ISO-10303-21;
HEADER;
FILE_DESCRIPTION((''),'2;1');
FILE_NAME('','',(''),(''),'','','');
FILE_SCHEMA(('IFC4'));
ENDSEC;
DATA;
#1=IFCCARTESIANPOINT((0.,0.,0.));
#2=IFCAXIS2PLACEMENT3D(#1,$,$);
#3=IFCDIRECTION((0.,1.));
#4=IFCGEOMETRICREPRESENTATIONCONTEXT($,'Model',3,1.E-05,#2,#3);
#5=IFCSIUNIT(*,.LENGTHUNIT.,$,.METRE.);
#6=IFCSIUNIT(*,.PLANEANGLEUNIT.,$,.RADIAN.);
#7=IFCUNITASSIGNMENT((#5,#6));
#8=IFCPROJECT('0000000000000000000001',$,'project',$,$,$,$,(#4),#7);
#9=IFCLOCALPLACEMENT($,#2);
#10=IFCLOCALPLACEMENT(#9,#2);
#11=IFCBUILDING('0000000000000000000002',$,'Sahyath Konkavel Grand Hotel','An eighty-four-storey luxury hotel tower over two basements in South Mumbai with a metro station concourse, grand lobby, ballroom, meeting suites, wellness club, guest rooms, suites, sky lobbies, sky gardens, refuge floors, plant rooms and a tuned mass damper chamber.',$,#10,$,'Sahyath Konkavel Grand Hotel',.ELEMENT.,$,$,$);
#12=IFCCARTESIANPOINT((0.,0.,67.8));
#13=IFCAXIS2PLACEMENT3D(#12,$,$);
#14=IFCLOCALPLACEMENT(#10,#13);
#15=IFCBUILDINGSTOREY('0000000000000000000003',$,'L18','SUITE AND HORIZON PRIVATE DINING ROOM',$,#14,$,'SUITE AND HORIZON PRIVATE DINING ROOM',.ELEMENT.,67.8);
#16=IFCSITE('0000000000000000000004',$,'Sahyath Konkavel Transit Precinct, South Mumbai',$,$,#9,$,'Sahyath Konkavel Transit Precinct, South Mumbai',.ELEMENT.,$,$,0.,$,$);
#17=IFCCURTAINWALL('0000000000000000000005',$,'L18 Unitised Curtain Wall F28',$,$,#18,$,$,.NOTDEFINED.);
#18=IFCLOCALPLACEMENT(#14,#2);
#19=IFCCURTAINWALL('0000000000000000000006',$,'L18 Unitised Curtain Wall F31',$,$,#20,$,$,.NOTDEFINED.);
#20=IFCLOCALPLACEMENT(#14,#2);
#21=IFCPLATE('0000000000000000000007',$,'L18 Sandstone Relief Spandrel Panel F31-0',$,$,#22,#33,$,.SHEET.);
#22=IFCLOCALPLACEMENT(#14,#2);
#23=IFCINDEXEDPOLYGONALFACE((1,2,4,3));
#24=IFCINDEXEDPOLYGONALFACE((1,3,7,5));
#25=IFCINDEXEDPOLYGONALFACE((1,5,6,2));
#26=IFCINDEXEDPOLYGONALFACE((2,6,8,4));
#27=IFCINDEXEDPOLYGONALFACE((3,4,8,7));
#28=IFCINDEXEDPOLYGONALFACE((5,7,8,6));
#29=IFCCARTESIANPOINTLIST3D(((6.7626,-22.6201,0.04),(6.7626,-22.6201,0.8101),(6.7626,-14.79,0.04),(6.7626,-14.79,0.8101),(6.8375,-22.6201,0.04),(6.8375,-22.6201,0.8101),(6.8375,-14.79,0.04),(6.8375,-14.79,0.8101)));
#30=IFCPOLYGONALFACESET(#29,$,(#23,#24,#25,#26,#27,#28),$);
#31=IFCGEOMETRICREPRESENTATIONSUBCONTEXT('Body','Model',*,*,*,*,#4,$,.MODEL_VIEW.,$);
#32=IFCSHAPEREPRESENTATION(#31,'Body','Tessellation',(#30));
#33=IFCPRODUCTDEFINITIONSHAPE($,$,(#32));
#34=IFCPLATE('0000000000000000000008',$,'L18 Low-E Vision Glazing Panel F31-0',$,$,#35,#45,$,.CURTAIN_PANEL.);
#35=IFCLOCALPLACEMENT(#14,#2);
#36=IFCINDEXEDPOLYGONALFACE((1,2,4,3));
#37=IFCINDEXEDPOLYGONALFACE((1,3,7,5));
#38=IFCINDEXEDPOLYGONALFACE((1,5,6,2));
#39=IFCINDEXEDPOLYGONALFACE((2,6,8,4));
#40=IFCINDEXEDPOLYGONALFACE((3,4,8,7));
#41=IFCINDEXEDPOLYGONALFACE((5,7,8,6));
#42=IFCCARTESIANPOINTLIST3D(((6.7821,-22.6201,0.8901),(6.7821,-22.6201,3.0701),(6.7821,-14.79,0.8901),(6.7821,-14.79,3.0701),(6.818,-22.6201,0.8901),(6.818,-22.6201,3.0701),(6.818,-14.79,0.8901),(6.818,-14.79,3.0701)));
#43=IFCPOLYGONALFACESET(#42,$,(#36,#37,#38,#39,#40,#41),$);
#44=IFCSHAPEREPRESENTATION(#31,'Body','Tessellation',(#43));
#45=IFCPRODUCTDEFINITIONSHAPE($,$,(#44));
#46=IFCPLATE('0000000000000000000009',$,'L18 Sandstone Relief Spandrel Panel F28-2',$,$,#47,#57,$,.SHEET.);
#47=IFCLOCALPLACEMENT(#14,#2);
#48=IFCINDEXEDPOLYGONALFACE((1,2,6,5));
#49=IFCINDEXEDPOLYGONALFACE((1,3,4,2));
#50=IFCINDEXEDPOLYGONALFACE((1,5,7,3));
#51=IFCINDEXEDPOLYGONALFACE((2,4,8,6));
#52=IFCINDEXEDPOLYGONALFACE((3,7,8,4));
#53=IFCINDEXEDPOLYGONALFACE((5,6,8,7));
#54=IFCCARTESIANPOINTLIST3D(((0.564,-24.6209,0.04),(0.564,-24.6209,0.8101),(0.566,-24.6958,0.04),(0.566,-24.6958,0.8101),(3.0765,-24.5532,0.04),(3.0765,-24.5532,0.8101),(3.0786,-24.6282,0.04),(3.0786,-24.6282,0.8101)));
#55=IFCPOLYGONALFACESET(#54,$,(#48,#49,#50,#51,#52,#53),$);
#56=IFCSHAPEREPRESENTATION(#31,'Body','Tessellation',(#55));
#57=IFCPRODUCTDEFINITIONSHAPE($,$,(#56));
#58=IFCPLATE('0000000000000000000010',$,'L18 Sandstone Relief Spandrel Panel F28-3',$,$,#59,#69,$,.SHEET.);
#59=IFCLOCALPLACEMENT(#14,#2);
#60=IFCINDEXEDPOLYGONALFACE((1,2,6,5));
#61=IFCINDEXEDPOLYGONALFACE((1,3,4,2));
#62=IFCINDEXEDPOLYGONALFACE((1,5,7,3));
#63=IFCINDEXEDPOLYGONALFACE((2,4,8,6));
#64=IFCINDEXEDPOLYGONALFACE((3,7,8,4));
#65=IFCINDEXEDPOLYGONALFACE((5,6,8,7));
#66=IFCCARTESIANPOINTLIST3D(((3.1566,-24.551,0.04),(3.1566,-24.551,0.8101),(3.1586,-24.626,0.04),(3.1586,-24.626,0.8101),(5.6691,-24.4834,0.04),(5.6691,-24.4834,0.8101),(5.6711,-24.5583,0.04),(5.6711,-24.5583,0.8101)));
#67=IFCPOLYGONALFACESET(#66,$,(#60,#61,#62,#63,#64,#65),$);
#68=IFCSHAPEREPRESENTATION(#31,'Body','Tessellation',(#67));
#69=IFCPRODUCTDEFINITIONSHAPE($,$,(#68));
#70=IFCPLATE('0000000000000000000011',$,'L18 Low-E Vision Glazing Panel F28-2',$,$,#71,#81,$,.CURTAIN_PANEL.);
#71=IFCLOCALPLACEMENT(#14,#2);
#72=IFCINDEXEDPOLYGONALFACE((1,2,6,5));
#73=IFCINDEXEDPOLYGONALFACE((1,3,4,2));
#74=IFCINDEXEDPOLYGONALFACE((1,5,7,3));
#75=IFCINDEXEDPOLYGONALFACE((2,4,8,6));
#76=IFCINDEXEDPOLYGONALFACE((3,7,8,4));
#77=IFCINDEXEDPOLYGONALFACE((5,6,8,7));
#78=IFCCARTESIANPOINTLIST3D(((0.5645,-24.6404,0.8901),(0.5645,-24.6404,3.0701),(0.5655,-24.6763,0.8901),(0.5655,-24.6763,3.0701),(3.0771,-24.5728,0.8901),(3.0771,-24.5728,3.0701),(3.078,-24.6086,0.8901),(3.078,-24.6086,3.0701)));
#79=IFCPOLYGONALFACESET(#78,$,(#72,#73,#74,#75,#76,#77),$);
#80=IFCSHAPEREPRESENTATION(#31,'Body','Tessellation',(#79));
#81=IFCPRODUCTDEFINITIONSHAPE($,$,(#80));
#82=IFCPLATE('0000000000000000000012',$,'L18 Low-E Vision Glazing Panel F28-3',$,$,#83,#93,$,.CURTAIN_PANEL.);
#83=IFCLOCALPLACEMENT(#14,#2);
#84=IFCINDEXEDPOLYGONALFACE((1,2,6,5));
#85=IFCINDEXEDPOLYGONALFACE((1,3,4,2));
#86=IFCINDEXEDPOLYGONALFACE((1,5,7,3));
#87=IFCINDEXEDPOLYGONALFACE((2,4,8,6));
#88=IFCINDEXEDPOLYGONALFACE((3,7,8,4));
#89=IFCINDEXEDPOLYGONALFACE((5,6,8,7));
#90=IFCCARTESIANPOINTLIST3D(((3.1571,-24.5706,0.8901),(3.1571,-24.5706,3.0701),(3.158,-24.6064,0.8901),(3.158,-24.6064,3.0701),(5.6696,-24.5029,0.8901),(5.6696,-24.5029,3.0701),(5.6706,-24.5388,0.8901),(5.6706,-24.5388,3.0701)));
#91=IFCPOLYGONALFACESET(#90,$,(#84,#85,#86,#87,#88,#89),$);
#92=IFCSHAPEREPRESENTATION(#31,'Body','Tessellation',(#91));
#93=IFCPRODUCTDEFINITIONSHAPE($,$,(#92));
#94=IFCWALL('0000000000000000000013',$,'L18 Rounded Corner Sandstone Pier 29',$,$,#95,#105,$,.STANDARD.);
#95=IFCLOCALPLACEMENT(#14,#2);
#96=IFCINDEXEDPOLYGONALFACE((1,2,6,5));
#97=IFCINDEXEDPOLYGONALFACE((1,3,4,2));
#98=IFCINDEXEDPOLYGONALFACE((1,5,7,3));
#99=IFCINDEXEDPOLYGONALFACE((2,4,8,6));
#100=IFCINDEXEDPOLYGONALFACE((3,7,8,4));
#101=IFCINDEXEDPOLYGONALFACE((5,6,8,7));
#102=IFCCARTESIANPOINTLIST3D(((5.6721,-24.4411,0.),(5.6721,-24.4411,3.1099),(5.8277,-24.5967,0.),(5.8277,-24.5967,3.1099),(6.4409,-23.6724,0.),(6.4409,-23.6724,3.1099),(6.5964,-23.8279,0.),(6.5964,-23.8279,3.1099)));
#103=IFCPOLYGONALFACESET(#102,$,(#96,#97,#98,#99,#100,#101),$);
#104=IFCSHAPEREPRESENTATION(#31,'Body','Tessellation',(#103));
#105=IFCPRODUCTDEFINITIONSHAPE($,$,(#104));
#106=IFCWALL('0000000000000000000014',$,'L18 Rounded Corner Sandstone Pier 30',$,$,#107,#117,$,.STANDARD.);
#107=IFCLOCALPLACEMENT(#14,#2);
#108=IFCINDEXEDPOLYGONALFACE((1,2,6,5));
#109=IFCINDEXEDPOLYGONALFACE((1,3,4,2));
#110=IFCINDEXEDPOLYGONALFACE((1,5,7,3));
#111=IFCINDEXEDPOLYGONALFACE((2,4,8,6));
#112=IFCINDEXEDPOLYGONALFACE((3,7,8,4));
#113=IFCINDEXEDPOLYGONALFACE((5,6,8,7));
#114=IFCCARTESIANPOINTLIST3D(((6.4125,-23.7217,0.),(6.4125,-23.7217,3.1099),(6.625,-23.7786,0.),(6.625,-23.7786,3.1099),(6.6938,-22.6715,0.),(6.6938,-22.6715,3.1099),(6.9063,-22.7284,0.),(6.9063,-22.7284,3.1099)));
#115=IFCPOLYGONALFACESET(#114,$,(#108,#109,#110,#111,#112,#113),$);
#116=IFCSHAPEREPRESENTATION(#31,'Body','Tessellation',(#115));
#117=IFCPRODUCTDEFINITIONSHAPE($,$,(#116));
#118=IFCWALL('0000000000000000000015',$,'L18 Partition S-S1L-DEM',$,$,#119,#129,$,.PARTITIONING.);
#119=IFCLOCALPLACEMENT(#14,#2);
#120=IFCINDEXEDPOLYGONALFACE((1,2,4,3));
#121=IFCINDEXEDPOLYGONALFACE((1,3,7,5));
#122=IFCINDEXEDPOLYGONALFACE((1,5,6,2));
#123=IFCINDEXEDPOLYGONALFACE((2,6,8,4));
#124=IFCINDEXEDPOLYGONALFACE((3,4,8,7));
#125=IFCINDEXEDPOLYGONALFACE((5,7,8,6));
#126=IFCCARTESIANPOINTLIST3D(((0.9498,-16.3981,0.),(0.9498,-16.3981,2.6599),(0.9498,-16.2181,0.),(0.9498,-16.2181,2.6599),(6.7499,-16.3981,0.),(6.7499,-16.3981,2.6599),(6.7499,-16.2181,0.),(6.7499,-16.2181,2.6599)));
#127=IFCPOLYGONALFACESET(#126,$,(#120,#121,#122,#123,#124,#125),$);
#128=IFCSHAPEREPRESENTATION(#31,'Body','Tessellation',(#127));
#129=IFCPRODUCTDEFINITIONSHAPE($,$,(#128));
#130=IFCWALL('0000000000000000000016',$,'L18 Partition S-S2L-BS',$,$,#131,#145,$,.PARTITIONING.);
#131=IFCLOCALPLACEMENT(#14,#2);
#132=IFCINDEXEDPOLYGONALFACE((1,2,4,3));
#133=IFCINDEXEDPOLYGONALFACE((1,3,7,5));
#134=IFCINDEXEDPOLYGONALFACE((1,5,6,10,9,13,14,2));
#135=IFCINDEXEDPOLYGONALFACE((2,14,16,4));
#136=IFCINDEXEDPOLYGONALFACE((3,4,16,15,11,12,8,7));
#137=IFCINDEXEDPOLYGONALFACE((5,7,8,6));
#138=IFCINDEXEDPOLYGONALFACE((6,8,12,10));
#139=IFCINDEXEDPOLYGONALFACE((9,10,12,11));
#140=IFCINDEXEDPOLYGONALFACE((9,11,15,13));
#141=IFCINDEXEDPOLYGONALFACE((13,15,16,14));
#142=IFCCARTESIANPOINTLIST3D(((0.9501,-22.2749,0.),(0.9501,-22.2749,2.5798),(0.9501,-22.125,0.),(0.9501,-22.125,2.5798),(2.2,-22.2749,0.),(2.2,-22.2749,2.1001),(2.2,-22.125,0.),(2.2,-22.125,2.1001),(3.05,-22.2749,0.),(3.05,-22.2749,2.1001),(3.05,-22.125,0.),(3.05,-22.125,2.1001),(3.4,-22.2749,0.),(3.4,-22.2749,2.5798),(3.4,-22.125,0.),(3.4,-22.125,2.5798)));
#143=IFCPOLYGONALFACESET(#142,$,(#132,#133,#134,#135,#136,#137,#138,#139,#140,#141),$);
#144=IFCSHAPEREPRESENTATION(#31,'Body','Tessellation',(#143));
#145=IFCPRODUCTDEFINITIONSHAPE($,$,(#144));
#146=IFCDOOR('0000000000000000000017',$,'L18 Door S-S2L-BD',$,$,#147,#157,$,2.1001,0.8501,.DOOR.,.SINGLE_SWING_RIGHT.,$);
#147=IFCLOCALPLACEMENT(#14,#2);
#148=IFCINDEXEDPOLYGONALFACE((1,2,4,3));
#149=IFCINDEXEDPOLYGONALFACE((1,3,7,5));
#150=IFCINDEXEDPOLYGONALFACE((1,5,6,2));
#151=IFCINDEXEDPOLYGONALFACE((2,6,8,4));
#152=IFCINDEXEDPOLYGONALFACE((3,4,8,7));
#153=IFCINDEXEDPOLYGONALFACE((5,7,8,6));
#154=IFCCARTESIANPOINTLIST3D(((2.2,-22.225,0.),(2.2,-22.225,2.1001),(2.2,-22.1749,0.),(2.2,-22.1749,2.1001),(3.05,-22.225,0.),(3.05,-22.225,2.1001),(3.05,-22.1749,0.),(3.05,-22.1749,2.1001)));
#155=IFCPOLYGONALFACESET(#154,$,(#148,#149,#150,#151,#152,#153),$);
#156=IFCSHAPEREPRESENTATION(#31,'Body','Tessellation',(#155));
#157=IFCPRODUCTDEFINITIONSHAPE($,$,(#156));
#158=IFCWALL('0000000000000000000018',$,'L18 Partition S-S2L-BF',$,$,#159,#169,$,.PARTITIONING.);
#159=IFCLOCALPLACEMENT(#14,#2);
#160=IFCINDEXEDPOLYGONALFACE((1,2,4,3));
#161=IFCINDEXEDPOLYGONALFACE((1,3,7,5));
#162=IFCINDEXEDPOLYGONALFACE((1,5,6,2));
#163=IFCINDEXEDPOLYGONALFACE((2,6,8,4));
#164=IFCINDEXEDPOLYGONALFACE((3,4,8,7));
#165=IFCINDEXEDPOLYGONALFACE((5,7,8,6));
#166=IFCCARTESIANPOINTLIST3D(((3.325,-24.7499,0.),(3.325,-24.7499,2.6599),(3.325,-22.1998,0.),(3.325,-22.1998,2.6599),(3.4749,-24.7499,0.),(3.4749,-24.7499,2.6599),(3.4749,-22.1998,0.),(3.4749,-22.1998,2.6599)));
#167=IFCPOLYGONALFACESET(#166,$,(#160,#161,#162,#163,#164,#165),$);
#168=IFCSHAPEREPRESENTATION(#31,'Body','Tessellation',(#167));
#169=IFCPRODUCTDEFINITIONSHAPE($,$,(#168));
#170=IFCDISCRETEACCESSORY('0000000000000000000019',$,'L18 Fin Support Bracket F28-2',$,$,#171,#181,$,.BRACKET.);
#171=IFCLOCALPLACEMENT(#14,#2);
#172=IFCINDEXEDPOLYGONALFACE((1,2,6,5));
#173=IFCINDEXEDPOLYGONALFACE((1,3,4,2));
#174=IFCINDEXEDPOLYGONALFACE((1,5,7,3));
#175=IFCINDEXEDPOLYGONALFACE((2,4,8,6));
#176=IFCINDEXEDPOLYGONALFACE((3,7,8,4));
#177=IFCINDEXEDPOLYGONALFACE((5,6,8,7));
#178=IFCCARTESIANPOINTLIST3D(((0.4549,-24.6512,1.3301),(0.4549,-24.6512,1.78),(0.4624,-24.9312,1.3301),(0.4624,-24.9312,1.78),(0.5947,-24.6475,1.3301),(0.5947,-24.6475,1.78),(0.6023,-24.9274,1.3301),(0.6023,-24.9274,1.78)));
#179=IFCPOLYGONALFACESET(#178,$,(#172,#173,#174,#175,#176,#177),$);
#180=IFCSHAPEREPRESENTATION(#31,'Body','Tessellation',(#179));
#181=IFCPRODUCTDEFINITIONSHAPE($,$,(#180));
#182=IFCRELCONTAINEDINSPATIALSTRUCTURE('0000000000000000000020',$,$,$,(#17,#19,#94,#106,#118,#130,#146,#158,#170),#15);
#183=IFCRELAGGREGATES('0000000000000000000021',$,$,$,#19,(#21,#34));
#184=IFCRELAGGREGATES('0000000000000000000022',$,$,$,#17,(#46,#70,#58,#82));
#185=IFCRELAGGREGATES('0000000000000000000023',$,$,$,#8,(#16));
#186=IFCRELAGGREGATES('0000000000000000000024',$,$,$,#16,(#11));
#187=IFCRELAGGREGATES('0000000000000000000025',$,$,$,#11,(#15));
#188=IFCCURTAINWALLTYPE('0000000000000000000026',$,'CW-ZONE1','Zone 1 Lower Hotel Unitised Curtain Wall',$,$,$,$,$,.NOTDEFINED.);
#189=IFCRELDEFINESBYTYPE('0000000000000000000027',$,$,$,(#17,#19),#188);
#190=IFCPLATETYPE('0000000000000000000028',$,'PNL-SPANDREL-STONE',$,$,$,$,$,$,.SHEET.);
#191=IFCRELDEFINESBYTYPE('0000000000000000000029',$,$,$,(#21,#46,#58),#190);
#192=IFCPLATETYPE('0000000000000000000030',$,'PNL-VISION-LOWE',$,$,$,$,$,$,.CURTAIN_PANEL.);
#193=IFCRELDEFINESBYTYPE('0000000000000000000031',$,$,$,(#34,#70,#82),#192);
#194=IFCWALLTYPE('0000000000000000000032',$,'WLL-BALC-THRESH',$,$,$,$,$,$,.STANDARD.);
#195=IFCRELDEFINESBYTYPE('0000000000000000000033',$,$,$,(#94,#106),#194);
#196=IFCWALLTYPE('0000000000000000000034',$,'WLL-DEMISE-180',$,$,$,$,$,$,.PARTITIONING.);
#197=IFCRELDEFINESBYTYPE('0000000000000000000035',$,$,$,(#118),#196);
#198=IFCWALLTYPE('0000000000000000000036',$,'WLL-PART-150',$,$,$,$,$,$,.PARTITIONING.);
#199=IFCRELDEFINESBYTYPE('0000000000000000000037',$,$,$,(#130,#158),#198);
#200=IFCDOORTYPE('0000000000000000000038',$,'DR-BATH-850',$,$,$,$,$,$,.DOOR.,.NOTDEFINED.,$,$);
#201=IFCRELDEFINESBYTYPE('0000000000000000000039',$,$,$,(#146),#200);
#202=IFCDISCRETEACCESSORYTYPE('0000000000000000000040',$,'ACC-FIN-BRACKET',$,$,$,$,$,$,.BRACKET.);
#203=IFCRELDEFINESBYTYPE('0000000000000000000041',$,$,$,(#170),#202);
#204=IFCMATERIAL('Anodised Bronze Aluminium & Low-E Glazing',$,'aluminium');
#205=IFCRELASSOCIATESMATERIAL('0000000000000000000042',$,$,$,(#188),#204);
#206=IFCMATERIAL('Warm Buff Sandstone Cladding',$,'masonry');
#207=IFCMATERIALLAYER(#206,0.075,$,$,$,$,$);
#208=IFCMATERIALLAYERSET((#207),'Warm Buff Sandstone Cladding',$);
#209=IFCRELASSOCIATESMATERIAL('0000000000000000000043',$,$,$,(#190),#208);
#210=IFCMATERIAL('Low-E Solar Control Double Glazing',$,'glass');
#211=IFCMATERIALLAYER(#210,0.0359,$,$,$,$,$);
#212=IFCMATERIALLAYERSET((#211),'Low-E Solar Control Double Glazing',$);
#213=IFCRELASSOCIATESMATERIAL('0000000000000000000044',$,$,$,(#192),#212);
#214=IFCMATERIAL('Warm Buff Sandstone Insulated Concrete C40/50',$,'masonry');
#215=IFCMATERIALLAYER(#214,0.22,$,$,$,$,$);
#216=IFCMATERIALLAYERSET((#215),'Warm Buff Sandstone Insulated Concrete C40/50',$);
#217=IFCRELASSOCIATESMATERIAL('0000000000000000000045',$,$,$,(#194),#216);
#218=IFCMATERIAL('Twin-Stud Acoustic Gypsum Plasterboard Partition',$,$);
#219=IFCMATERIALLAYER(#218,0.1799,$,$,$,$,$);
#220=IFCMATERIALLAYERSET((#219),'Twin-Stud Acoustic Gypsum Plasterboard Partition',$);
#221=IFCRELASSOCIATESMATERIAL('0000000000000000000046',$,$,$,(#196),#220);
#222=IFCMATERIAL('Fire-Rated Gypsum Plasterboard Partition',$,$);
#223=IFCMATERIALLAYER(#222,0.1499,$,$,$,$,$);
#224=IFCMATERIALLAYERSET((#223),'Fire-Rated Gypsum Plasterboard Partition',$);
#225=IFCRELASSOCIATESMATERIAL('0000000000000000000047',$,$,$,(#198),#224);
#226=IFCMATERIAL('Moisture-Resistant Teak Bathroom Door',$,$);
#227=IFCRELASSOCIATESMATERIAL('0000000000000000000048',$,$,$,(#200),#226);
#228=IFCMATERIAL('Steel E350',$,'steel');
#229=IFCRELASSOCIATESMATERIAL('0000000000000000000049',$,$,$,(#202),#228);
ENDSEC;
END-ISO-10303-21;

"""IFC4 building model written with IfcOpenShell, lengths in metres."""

from ifc_helpers import new_model, si_unit, direction, frame, frame_2d, origin, origin_2d, place, context, subcontext, project, spatial, rectangle, extrude, source, transform, mapped, material, layer, layer_set, type_object, element, fill, aggregate, save


model = new_model("IFC4")

# Units and contexts
model_context = context("Model", 3, precision=1e-05, world=origin(), true_north=direction((0.0, 1.0)))
body_context = subcontext(model_context, "Body", "Model", "MODEL_VIEW")
ifc_project = project(units=[si_unit("LENGTHUNIT", "METRE"), si_unit("PLANEANGLEUNIT", "RADIAN")], contexts=[model_context])

# Site, building, storey
site_placement = place(None, origin())
site = spatial("IfcSite", under=ifc_project, at=site_placement, Name="Sahyath Konkavel Transit Precinct, South Mumbai", LongName="Sahyath Konkavel Transit Precinct, South Mumbai", CompositionType="ELEMENT", RefElevation=0.0)
building_placement = place(site_placement, origin())
building = spatial("IfcBuilding", under=site, at=building_placement, Name="Sahyath Konkavel Grand Hotel", Description="An eighty-four-storey luxury hotel tower over two basements in South Mumbai with a metro station concourse, grand lobby, ballroom, meeting suites, wellness club, guest rooms, suites, sky lobbies, sky gardens, refuge floors, plant rooms and a tuned mass damper chamber.", LongName="Sahyath Konkavel Grand Hotel", CompositionType="ELEMENT")
storey_placement = place(building_placement, frame((0.0, 0.0, 67.8)))
storey = spatial("IfcBuildingStorey", under=building, at=storey_placement, Name="L18", Description="SUITE AND HORIZON PRIVATE DINING ROOM", LongName="SUITE AND HORIZON PRIVATE DINING ROOM", CompositionType="ELEMENT", Elevation=67.8)

# Curtain walls
ifc_material_1 = material(Name="Anodised Bronze Aluminium & Low-E Glazing", Category="aluminium")
curtain_wall_type = type_object("IfcCurtainWallType", Name="CW-ZONE1", Description="Zone 1 Lower Hotel Unitised Curtain Wall", PredefinedType="NOTDEFINED", material=ifc_material_1)
curtain_wall_1_placement = place(storey_placement, origin())
curtain_wall_1 = element("IfcCurtainWall", 1, at=curtain_wall_1_placement, inside=storey, type_object=curtain_wall_type, Name="L18 Unitised Curtain Wall F28", PredefinedType="NOTDEFINED")
curtain_wall_2_placement = place(storey_placement, origin())
curtain_wall_2 = element("IfcCurtainWall", 2, at=curtain_wall_2_placement, inside=storey, type_object=curtain_wall_type, Name="L18 Unitised Curtain Wall F31", PredefinedType="NOTDEFINED")

# Plates
ifc_material_2 = material(Name="Warm Buff Sandstone Cladding", Category="masonry")
ifc_layer_1 = layer(ifc_material_2, 0.075)
ifc_layer_set_1 = layer_set([ifc_layer_1], Name="Warm Buff Sandstone Cladding")
plate_type_1 = type_object("IfcPlateType", Name="PNL-SPANDREL-STONE", PredefinedType="SHEET", material=ifc_layer_set_1)
shared_shape_1 = source(origin(), body_context, "Body", "SweptSolid", [
    extrude(rectangle(XDim=7.8301, YDim=0.075, at=origin_2d()), origin(), (0.0, 0.0, 1.0), 0.77),
])
plate_1_placement = place(storey_placement, frame((6.8, -18.7051, 0.04), z_axis=(0.0, 0.0, 1.0), x_axis=(0.0, 1.0, 0.0)))
plate_1 = element("IfcPlate", 3, at=plate_1_placement, type_object=plate_type_1, Name="L18 Sandstone Relief Spandrel Panel F31-0", PredefinedType="SHEET", context=body_context, shape_type="MappedRepresentation", body=[
    mapped(shared_shape_1, transform((0.0, 0.0, 0.0), scale=1.0)),
])
ifc_material_3 = material(Name="Low-E Solar Control Double Glazing", Category="glass")
ifc_layer_2 = layer(ifc_material_3, 0.0359)
ifc_layer_set_2 = layer_set([ifc_layer_2], Name="Low-E Solar Control Double Glazing")
plate_type_2 = type_object("IfcPlateType", Name="PNL-VISION-LOWE", PredefinedType="CURTAIN_PANEL", material=ifc_layer_set_2)
shared_shape_2 = source(origin(), body_context, "Body", "SweptSolid", [
    extrude(rectangle(XDim=7.8301, YDim=0.0359, at=origin_2d()), origin(), (0.0, 0.0, 1.0), 2.1799),
])
plate_2_placement = place(storey_placement, frame((6.8, -18.7051, 0.8901), z_axis=(0.0, 0.0, 1.0), x_axis=(0.0, 1.0, 0.0)))
plate_2 = element("IfcPlate", 4, at=plate_2_placement, type_object=plate_type_2, Name="L18 Low-E Vision Glazing Panel F31-0", PredefinedType="CURTAIN_PANEL", context=body_context, shape_type="MappedRepresentation", body=[
    mapped(shared_shape_2, transform((0.0, 0.0, 0.0), scale=1.0)),
])
aggregate(curtain_wall_2, [plate_1, plate_2])
shared_shape_3 = source(origin(), body_context, "Body", "SweptSolid", [
    extrude(rectangle(XDim=2.5134, YDim=0.075, at=origin_2d()), origin(), (0.0, 0.0, 1.0), 0.77),
])
plate_3_placement = place(storey_placement, frame((1.8213, -24.6245, 0.04), z_axis=(0.0, 0.0, 1.0), x_axis=(0.999638, 0.02691, 0.0)))
plate_3 = element("IfcPlate", 5, at=plate_3_placement, type_object=plate_type_1, Name="L18 Sandstone Relief Spandrel Panel F28-2", PredefinedType="SHEET", context=body_context, shape_type="MappedRepresentation", body=[
    mapped(shared_shape_3, transform((0.0, 0.0, 0.0), scale=1.0)),
])
plate_4_placement = place(storey_placement, frame((4.4138, -24.5547, 0.04), z_axis=(0.0, 0.0, 1.0), x_axis=(0.999638, 0.02691, 0.0)))
plate_4 = element("IfcPlate", 6, at=plate_4_placement, type_object=plate_type_1, Name="L18 Sandstone Relief Spandrel Panel F28-3", PredefinedType="SHEET", context=body_context, shape_type="MappedRepresentation", body=[
    mapped(shared_shape_3, transform((0.0, 0.0, 0.0), scale=1.0)),
])
shared_shape_4 = source(origin(), body_context, "Body", "SweptSolid", [
    extrude(rectangle(XDim=2.5134, YDim=0.0359, at=origin_2d()), origin(), (0.0, 0.0, 1.0), 2.1799),
])
plate_5_placement = place(storey_placement, frame((1.8213, -24.6245, 0.8901), z_axis=(0.0, 0.0, 1.0), x_axis=(0.999638, 0.02691, 0.0)))
plate_5 = element("IfcPlate", 7, at=plate_5_placement, type_object=plate_type_2, Name="L18 Low-E Vision Glazing Panel F28-2", PredefinedType="CURTAIN_PANEL", context=body_context, shape_type="MappedRepresentation", body=[
    mapped(shared_shape_4, transform((0.0, 0.0, 0.0), scale=1.0)),
])
plate_6_placement = place(storey_placement, frame((4.4138, -24.5547, 0.8901), z_axis=(0.0, 0.0, 1.0), x_axis=(0.999638, 0.02691, 0.0)))
plate_6 = element("IfcPlate", 8, at=plate_6_placement, type_object=plate_type_2, Name="L18 Low-E Vision Glazing Panel F28-3", PredefinedType="CURTAIN_PANEL", context=body_context, shape_type="MappedRepresentation", body=[
    mapped(shared_shape_4, transform((0.0, 0.0, 0.0), scale=1.0)),
])
aggregate(curtain_wall_1, [plate_3, plate_5, plate_4, plate_6])

# Walls
ifc_material_4 = material(Name="Warm Buff Sandstone Insulated Concrete C40/50", Category="masonry")
ifc_layer_3 = layer(ifc_material_4, 0.22)
ifc_layer_set_3 = layer_set([ifc_layer_3], Name="Warm Buff Sandstone Insulated Concrete C40/50")
wall_type_1 = type_object("IfcWallType", Name="WLL-BALC-THRESH", PredefinedType="STANDARD", material=ifc_layer_set_3)
for number, where, z_axis, x_axis, name in (
    (9, (5.75, -24.5188, 0.0), (0.0, 0.0, 1.0), (0.707107, 0.707107, 0.0), "L18 Rounded Corner Sandstone Pier 29"),
    (10, (6.5188, -23.75, 0.0), (0.0, 0.0, 1.0), (0.258725, 0.965951, 0.0), "L18 Rounded Corner Sandstone Pier 30"),
):
    element("IfcWall", number, at=place(storey_placement, frame(where, z_axis=z_axis, x_axis=x_axis)), inside=storey, type_object=wall_type_1, Name=name, PredefinedType="STANDARD", context=body_context, shape_type="SweptSolid", body=[
        extrude(rectangle(XDim=1.0872, YDim=0.22, at=frame_2d((0.5435, 0.0))), origin(), (0.0, 0.0, 1.0), 3.1099),
    ])
ifc_material_5 = material(Name="Twin-Stud Acoustic Gypsum Plasterboard Partition")
ifc_layer_4 = layer(ifc_material_5, 0.1799)
ifc_layer_set_4 = layer_set([ifc_layer_4], Name="Twin-Stud Acoustic Gypsum Plasterboard Partition")
wall_type_2 = type_object("IfcWallType", Name="WLL-DEMISE-180", PredefinedType="PARTITIONING", material=ifc_layer_set_4)
wall_1_placement = place(storey_placement, frame((0.95, -16.3081, 0.0), z_axis=(0.0, 0.0, 1.0), x_axis=(1.0, 0.0, 0.0)))
element("IfcWall", 11, at=wall_1_placement, inside=storey, type_object=wall_type_2, Name="L18 Partition S-S1L-DEM", PredefinedType="PARTITIONING", context=body_context, shape_type="SweptSolid", body=[
    extrude(rectangle(XDim=5.8, YDim=0.1799, at=frame_2d((2.8999, 0.0))), origin(), (0.0, 0.0, 1.0), 2.6599),
])

# Wall, opening, door
ifc_material_6 = material(Name="Fire-Rated Gypsum Plasterboard Partition")
ifc_layer_5 = layer(ifc_material_6, 0.1499)
ifc_layer_set_5 = layer_set([ifc_layer_5], Name="Fire-Rated Gypsum Plasterboard Partition")
wall_type_3 = type_object("IfcWallType", Name="WLL-PART-150", PredefinedType="PARTITIONING", material=ifc_layer_set_5)
wall_2_placement = place(storey_placement, frame((0.95, -22.2, 0.0), z_axis=(0.0, 0.0, 1.0), x_axis=(1.0, 0.0, 0.0)))
wall_2 = element("IfcWall", 12, at=wall_2_placement, inside=storey, type_object=wall_type_3, Name="L18 Partition S-S2L-BS", PredefinedType="PARTITIONING", context=body_context, shape_type="SweptSolid", body=[
    extrude(rectangle(XDim=2.45, YDim=0.1499, at=frame_2d((1.2251, 0.0))), origin(), (0.0, 0.0, 1.0), 2.5798),
])
opening_placement = place(wall_2_placement, frame((1.25, 0.0, 0.0)))
opening = element("IfcOpeningElement", 13, at=opening_placement, cuts=wall_2, PredefinedType="OPENING", context=body_context, shape_type="SweptSolid", body=[
    extrude(rectangle(XDim=0.8501, YDim=2.1001, at=frame_2d((0.425, 1.05))), frame((0.0, 0.085, 0.0), z_axis=(0.0, -1.0, 0.0), x_axis=(1.0, 0.0, 0.0)), (0.0, 0.0, 1.0), 0.1699),
])
ifc_material_7 = material(Name="Moisture-Resistant Teak Bathroom Door")
door_type = type_object("IfcDoorType", Name="DR-BATH-850", OperationType="NOTDEFINED", PredefinedType="DOOR", material=ifc_material_7)
shared_shape_5 = source(origin(), body_context, "Body", "SweptSolid", [
    extrude(rectangle(XDim=0.8501, YDim=0.05, at=origin_2d()), origin(), (0.0, 0.0, 1.0), 2.1001),
])
door_placement = place(opening_placement, frame((0.425, 0.0, 0.0)))
door = element("IfcDoor", 14, at=door_placement, inside=storey, type_object=door_type, Name="L18 Door S-S2L-BD", OperationType="SINGLE_SWING_RIGHT", OverallHeight=2.1001, OverallWidth=0.8501, PredefinedType="DOOR", context=body_context, shape_type="MappedRepresentation", body=[
    mapped(shared_shape_5, transform((0.0, 0.0, 0.0), scale=1.0)),
])
fill(opening, door)

# Wall
wall_3_placement = place(storey_placement, frame((3.3999, -22.2, 0.0), z_axis=(0.0, 0.0, 1.0), x_axis=(0.0, -1.0, 0.0)))
element("IfcWall", 15, at=wall_3_placement, inside=storey, type_object=wall_type_3, Name="L18 Partition S-S2L-BF", PredefinedType="PARTITIONING", context=body_context, shape_type="SweptSolid", body=[
    extrude(rectangle(XDim=2.55, YDim=0.1499, at=frame_2d((1.2749, 0.0))), origin(), (0.0, 0.0, 1.0), 2.6599),
])

# Discrete accessory
ifc_material_8 = material(Name="Steel E350", Category="steel")
discrete_accessory_type = type_object("IfcDiscreteAccessoryType", Name="ACC-FIN-BRACKET", PredefinedType="BRACKET", material=ifc_material_8)
shared_shape_6 = source(origin(), body_context, "Body", "SweptSolid", [
    extrude(rectangle(XDim=0.28, YDim=0.1399, at=origin_2d()), origin(), (0.0, 0.0, 1.0), 0.45),
])
discrete_accessory_placement = place(storey_placement, frame((0.5286, -24.7893, 1.3301), z_axis=(0.0, 0.0, 1.0), x_axis=(0.02691, -0.999638, 0.0)))
element("IfcDiscreteAccessory", 16, at=discrete_accessory_placement, inside=storey, type_object=discrete_accessory_type, Name="L18 Fin Support Bracket F28-2", PredefinedType="BRACKET", context=body_context, shape_type="MappedRepresentation", body=[
    mapped(shared_shape_6, transform((0.0, 0.0, 0.0), scale=1.0)),
])

save(model, "model.ifc")
